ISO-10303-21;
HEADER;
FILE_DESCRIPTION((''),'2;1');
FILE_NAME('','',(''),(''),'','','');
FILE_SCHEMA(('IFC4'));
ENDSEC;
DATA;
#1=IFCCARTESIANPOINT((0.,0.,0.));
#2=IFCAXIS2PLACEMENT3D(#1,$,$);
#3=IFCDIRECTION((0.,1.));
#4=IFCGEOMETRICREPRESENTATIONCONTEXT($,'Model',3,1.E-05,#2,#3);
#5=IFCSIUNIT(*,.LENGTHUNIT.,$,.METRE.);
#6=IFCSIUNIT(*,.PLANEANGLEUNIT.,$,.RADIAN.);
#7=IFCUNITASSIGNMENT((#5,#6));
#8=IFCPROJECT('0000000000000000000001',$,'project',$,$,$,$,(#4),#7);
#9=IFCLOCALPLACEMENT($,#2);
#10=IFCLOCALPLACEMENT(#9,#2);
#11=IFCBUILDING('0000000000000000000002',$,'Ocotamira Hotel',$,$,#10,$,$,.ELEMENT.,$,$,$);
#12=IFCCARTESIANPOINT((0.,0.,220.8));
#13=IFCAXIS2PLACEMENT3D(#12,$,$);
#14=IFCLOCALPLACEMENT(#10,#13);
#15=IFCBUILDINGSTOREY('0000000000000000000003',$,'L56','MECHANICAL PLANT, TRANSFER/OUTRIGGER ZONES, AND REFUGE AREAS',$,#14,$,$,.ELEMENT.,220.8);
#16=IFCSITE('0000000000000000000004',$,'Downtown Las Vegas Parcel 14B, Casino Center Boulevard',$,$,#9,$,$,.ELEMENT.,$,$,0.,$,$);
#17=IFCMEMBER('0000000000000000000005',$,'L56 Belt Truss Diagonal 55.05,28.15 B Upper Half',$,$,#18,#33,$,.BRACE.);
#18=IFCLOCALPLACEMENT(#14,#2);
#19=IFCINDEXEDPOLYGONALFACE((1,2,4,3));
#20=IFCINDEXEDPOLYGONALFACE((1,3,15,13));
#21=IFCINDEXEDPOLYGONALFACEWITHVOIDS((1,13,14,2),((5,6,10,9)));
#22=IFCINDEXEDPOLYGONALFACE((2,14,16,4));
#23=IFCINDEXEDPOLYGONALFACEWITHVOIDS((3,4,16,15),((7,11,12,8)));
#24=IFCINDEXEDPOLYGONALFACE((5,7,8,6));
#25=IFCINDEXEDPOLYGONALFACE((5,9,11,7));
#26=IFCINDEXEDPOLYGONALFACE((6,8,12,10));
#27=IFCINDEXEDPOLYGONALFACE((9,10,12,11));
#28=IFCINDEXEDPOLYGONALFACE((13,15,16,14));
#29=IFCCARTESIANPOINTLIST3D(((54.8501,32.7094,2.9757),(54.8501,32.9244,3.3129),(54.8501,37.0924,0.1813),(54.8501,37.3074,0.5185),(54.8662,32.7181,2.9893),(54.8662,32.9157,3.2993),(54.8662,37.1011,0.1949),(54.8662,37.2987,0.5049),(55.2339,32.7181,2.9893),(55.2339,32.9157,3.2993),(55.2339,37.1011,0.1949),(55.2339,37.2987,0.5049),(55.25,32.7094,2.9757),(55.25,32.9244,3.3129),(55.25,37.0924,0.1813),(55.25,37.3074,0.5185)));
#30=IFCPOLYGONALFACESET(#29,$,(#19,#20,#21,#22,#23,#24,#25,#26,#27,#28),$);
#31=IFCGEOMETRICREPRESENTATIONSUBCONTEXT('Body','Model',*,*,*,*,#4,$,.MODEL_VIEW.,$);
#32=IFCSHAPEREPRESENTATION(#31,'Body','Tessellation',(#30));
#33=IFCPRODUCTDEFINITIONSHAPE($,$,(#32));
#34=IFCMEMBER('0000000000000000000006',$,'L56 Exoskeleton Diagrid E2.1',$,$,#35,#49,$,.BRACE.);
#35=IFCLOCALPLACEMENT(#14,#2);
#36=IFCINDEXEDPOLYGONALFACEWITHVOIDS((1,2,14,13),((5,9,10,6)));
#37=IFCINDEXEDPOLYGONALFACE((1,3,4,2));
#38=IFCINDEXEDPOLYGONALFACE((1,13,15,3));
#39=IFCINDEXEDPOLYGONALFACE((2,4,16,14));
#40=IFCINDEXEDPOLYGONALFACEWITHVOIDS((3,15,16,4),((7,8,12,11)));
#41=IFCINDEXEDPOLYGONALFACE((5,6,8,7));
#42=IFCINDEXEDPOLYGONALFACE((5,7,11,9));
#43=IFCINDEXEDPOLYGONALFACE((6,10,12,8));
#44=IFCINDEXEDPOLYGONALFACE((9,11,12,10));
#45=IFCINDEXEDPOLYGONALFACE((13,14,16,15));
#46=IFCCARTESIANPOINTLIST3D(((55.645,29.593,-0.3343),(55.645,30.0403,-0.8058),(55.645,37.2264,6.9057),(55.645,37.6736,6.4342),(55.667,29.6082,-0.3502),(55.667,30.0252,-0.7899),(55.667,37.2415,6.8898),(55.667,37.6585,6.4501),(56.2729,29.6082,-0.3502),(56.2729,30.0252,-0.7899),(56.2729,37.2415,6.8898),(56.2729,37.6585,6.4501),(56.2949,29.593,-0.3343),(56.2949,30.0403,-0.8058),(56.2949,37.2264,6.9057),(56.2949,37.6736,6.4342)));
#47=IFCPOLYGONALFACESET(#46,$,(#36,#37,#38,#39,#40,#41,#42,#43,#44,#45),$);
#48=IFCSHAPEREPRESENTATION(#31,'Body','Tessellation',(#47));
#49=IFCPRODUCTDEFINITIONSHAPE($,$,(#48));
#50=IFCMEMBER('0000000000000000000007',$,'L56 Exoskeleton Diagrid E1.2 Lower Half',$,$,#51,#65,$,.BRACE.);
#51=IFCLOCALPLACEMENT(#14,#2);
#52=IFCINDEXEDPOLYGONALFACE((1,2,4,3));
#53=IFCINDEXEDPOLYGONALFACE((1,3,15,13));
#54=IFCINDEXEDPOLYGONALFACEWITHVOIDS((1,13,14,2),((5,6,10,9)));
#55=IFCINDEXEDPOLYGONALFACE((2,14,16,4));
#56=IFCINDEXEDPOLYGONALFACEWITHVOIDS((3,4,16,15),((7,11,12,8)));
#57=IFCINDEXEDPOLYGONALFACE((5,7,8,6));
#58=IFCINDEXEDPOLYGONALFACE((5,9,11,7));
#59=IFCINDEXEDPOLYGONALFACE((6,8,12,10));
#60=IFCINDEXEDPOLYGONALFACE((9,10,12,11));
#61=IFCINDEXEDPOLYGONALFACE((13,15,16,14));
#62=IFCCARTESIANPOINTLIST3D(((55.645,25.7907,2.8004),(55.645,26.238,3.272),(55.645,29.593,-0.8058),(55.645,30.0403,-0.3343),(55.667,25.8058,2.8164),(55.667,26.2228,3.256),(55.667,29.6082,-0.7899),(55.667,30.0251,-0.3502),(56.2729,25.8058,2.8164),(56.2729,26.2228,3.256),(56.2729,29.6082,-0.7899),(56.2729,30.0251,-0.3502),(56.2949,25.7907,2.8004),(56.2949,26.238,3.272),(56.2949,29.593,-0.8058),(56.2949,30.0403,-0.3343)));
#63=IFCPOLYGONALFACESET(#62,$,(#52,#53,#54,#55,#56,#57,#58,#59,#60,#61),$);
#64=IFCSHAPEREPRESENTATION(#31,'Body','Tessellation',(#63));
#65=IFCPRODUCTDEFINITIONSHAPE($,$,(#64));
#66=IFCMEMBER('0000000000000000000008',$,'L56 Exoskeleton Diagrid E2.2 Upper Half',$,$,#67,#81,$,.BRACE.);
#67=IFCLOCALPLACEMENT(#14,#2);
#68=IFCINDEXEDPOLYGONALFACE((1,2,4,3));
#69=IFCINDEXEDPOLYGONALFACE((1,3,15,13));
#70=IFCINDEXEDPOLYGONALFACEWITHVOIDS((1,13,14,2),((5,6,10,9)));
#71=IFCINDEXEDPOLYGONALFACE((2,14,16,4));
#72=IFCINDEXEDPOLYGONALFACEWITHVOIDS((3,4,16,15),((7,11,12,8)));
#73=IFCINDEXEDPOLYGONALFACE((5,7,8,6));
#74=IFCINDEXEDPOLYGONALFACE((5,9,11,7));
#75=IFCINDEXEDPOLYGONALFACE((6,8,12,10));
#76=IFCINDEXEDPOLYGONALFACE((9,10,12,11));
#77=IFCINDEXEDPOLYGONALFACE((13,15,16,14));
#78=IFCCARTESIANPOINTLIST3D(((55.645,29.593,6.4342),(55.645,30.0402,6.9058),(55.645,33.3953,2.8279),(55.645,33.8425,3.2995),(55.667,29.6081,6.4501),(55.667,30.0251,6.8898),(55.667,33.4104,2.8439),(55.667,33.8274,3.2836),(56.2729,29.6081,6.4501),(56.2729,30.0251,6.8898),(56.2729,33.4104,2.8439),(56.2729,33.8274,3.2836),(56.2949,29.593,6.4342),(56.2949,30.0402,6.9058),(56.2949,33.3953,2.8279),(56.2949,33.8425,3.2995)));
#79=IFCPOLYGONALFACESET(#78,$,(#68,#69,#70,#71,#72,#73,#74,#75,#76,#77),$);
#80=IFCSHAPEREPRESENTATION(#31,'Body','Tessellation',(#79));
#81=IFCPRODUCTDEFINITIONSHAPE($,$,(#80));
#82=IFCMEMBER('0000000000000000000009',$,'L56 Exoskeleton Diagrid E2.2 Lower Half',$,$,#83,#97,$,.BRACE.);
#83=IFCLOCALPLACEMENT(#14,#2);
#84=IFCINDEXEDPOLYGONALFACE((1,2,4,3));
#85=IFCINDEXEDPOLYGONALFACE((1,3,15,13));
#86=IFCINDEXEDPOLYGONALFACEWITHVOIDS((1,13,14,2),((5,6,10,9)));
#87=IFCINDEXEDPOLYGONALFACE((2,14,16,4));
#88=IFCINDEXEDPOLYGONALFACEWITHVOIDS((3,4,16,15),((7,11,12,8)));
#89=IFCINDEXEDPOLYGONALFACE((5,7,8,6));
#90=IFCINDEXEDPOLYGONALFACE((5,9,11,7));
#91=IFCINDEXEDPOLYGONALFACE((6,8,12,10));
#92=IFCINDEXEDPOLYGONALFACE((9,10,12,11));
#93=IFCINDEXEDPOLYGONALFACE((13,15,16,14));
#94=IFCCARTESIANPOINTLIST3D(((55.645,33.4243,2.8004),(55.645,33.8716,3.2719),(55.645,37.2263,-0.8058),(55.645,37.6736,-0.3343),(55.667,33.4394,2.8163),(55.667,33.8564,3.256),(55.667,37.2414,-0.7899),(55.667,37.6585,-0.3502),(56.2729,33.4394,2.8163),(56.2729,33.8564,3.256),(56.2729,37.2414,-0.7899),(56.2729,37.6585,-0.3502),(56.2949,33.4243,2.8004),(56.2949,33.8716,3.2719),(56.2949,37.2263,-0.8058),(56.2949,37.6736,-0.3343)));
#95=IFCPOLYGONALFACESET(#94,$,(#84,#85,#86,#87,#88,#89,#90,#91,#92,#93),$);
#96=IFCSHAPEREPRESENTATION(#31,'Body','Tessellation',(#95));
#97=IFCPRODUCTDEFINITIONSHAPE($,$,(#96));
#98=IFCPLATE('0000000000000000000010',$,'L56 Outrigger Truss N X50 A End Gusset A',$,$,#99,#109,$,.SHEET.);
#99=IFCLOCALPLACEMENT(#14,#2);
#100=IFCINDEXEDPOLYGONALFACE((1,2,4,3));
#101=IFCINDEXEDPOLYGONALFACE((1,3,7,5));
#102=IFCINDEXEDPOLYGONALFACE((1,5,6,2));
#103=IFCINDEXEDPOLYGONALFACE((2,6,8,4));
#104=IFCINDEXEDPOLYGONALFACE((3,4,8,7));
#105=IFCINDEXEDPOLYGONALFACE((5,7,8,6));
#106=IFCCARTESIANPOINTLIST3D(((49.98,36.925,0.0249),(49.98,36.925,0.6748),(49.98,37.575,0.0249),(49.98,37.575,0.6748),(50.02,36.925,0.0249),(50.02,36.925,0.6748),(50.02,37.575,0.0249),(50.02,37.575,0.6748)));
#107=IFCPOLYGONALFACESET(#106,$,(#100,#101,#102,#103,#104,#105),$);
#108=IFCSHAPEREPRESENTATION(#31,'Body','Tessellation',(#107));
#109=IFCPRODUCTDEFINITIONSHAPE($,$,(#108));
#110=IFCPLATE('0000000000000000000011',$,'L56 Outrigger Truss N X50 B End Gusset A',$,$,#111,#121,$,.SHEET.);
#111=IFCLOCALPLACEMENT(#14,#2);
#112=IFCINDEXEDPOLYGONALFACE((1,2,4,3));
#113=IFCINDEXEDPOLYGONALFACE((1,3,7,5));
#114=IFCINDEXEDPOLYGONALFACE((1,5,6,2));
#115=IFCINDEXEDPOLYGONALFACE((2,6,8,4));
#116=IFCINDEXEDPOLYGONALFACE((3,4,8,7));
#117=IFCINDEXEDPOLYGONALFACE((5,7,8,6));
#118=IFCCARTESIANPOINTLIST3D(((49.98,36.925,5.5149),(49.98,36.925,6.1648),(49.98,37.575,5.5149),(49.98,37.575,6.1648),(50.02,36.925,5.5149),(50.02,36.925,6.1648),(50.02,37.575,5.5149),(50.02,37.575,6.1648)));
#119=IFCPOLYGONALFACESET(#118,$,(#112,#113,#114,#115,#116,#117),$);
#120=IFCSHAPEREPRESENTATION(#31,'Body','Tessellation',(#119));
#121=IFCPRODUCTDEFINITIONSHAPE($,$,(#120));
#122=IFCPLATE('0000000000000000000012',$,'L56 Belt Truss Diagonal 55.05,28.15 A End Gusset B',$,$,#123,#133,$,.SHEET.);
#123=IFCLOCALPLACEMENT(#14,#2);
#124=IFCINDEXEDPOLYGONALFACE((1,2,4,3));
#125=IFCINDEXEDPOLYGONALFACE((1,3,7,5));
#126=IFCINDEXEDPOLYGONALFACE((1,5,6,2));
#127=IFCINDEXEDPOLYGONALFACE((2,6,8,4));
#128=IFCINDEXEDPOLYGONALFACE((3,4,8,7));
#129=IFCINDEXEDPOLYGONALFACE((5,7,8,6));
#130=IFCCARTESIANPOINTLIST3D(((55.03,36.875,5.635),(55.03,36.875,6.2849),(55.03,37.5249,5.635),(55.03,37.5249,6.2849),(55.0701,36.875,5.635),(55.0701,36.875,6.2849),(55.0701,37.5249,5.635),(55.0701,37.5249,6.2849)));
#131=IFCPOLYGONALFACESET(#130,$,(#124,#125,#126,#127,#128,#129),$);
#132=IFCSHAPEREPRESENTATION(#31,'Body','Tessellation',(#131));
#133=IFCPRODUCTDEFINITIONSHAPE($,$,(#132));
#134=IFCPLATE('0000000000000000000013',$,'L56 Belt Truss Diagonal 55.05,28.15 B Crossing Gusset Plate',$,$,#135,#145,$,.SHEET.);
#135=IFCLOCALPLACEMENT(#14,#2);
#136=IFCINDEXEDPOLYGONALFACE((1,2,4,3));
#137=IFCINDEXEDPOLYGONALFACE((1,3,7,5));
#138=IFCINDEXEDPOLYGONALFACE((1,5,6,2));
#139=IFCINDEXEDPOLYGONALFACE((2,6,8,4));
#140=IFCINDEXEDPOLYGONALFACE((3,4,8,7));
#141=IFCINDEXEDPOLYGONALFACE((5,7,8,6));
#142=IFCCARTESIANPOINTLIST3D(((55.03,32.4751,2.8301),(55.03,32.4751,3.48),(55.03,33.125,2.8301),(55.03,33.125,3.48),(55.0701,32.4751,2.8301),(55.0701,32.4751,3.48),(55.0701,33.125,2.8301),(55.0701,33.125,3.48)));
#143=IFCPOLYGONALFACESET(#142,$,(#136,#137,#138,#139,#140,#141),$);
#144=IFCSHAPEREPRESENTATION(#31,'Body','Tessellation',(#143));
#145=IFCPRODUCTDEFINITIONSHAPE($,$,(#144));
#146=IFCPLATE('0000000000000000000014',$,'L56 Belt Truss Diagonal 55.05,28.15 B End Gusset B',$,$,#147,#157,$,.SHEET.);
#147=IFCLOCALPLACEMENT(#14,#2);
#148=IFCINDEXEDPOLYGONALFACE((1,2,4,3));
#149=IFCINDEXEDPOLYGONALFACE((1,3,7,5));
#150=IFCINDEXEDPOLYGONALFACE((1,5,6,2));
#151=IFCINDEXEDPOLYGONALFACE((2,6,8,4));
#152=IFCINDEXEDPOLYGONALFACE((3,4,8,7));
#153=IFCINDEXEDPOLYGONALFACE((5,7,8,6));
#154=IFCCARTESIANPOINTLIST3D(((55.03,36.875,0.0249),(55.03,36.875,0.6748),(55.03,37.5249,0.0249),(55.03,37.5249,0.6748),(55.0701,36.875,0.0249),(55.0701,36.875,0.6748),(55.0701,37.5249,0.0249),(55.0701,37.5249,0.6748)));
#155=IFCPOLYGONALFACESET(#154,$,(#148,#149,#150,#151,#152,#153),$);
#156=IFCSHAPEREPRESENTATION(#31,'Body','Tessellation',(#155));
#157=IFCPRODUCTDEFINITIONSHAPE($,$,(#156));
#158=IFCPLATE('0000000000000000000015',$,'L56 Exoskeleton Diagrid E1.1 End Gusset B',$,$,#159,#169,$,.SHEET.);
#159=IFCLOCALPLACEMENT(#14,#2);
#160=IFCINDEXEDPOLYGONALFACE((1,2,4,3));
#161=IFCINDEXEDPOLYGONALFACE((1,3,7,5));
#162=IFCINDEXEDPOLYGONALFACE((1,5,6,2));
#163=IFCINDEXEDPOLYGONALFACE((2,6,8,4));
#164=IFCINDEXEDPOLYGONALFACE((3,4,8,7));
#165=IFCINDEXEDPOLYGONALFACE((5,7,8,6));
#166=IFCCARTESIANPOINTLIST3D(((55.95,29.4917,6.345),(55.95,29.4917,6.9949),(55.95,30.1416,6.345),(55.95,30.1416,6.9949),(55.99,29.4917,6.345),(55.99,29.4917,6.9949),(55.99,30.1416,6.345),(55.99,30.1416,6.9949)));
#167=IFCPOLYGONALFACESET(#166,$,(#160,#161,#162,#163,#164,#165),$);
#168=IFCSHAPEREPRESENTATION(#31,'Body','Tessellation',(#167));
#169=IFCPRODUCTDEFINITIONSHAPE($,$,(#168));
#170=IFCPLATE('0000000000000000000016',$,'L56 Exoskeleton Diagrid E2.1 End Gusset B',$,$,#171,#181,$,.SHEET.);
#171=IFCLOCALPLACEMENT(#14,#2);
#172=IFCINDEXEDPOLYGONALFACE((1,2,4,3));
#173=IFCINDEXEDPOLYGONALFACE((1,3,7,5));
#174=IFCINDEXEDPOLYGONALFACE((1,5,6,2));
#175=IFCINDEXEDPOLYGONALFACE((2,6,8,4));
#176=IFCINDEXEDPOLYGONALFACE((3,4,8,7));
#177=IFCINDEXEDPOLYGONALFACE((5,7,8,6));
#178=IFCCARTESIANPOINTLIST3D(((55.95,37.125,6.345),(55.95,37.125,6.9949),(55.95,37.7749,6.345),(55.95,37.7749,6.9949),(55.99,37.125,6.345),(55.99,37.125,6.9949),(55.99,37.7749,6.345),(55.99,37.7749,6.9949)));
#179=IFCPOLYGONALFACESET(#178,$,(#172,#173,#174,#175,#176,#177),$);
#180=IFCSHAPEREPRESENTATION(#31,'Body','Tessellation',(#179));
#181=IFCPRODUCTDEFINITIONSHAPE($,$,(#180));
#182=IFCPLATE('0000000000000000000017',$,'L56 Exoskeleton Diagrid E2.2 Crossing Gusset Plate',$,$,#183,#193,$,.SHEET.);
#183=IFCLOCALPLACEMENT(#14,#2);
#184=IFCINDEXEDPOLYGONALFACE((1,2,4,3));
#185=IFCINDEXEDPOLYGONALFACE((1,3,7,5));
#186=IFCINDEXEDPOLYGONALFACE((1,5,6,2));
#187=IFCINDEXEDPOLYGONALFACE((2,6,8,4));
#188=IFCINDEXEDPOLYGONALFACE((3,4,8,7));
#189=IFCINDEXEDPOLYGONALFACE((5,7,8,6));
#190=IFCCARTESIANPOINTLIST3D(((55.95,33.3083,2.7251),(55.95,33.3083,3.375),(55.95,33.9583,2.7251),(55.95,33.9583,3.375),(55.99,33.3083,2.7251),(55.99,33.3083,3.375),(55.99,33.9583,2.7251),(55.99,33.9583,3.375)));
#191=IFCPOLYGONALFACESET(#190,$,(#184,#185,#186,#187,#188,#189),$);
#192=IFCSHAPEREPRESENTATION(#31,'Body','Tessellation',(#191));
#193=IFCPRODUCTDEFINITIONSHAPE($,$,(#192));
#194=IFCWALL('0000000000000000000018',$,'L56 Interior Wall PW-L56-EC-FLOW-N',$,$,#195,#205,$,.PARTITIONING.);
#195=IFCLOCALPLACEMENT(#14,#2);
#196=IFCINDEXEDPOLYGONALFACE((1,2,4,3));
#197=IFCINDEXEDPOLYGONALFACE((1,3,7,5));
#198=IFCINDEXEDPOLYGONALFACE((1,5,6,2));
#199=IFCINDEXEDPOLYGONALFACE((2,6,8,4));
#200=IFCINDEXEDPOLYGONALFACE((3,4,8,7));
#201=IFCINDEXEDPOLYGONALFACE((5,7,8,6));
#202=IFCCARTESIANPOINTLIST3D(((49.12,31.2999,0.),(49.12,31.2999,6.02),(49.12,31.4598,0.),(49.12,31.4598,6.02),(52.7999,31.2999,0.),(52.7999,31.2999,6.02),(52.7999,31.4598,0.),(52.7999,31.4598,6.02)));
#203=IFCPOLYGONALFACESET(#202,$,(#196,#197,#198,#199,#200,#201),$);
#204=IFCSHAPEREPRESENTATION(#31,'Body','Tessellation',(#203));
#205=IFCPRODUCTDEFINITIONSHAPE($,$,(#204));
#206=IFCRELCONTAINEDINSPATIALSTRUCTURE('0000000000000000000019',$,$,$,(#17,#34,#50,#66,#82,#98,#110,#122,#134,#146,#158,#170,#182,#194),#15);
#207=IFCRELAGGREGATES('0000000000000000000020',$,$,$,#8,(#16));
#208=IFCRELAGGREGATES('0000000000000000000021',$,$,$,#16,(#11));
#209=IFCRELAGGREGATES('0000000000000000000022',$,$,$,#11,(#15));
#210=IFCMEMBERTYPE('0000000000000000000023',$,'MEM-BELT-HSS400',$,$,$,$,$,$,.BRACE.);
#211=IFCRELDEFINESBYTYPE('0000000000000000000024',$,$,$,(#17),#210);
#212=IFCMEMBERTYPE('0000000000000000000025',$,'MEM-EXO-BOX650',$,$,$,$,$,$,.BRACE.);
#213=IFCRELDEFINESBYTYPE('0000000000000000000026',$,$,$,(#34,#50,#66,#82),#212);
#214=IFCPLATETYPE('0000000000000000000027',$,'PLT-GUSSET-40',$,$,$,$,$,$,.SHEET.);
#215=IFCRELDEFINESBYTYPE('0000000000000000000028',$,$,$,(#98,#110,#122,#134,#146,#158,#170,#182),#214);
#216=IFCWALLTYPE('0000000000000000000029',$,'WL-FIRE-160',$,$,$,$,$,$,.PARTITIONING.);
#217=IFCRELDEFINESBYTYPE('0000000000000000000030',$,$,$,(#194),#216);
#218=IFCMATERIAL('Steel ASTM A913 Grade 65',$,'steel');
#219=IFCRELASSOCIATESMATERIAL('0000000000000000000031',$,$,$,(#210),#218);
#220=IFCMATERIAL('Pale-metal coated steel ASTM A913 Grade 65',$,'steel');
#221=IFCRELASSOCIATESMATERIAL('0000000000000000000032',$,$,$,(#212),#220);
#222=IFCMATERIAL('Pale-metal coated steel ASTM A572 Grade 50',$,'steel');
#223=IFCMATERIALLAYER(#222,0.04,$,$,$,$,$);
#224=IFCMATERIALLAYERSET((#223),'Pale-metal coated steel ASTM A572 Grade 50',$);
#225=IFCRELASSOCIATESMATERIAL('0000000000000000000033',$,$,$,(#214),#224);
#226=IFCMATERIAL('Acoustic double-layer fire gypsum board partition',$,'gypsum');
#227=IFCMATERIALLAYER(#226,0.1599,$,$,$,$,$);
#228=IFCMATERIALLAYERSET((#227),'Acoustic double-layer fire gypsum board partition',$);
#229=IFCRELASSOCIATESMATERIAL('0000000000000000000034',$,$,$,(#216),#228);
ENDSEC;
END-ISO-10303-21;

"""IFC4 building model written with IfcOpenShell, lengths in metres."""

from ifc_helpers import new_model, si_unit, direction, frame, frame_2d, origin, origin_2d, place, context, subcontext, project, spatial, rectangle, hollow_rectangle, extrude, source, transform, mapped, material, layer, layer_set, material_profile, profile_set, type_object, element, save


model = new_model("IFC4")

# Units and contexts
model_context = context("Model", 3, precision=1e-05, world=origin(), true_north=direction((0.0, 1.0)))
body_context = subcontext(model_context, "Body", "Model", "MODEL_VIEW")
ifc_project = project(units=[si_unit("LENGTHUNIT", "METRE"), si_unit("PLANEANGLEUNIT", "RADIAN")], contexts=[model_context])

# Site, building, storey
site_placement = place(None, origin())
site = spatial("IfcSite", under=ifc_project, at=site_placement, Name="Downtown Las Vegas Parcel 14B, Casino Center Boulevard", CompositionType="ELEMENT", RefElevation=0.0)
building_placement = place(site_placement, origin())
building = spatial("IfcBuilding", under=site, at=building_placement, Name="Ocotamira Hotel", CompositionType="ELEMENT")
storey_placement = place(building_placement, frame((0.0, 0.0, 220.8)))
storey = spatial("IfcBuildingStorey", under=building, at=storey_placement, Name="L56", Description="MECHANICAL PLANT, TRANSFER/OUTRIGGER ZONES, AND REFUGE AREAS", CompositionType="ELEMENT", Elevation=220.8)

# Shared definitions
ifc_material_1 = material(Name="Steel ASTM A913 Grade 65", Category="steel")

# Members
ifc_material_profile_1 = material_profile(ifc_material_1, hollow_rectangle(XDim=0.3999, YDim=0.3999, WallThickness=0.0161, at=origin_2d()), Name="HSS400X400X16")
ifc_profile_set_1 = profile_set([ifc_material_profile_1], Name="Steel ASTM A913 Grade 65")
member_type_1 = type_object("IfcMemberType", Name="MEM-BELT-HSS400", PredefinedType="BRACE", material=ifc_profile_set_1)
shared_shape_1 = source(origin(), body_context, "Body", "SweptSolid", [
    extrude(hollow_rectangle(XDim=0.3999, YDim=0.3999, WallThickness=0.0161, at=origin_2d()), origin(), (0.0, 0.0, 1.0), 5.198),
])
member_1_placement = place(storey_placement, frame((55.05, 32.8169, 3.1443), z_axis=(0.0, 0.843207, -0.537589), x_axis=(-1.0, 0.0, 0.0)))
element("IfcMember", 1, at=member_1_placement, inside=storey, type_object=member_type_1, Name="L56 Belt Truss Diagonal 55.05,28.15 B Upper Half", PredefinedType="BRACE", context=body_context, shape_type="MappedRepresentation", body=[
    mapped(shared_shape_1, transform((0.0, 0.0, 0.0), scale=1.0)),
])
ifc_material_2 = material(Name="Pale-metal coated steel ASTM A913 Grade 65", Category="steel")
ifc_material_profile_2 = material_profile(ifc_material_2, hollow_rectangle(XDim=0.6499, YDim=0.6499, WallThickness=0.022, at=origin_2d()), Name="BOX650X650X22")
ifc_profile_set_2 = profile_set([ifc_material_profile_2], Name="Pale-metal coated steel ASTM A913 Grade 65")
member_type_2 = type_object("IfcMemberType", Name="MEM-EXO-BOX650", PredefinedType="BRACE", material=ifc_profile_set_2)
shared_shape_2 = source(origin(), body_context, "Body", "SweptSolid", [
    extrude(hollow_rectangle(XDim=0.6499, YDim=0.6499, WallThickness=0.022, at=origin_2d()), origin(), (0.0, 0.0, 1.0), 10.5208),
])
member_2_placement = place(storey_placement, frame((55.97, 29.8167, -0.5701), z_axis=(0.0, 0.725552, 0.688167), x_axis=(-1.0, 0.0, 0.0)))
element("IfcMember", 2, at=member_2_placement, inside=storey, type_object=member_type_2, Name="L56 Exoskeleton Diagrid E2.1", PredefinedType="BRACE", context=body_context, shape_type="MappedRepresentation", body=[
    mapped(shared_shape_2, transform((0.0, 0.0, 0.0), scale=1.0)),
])
shared_shape_3 = source(origin(), body_context, "Body", "SweptSolid", [
    extrude(hollow_rectangle(XDim=0.6499, YDim=0.6499, WallThickness=0.022, at=origin_2d()), origin(), (0.0, 0.0, 1.0), 5.2405),
])
for number, where, z_axis, x_axis, name in (
    (3, (55.97, 29.8167, -0.5701), (0.0, -0.725564, 0.688154), (1.0, 0.0, 0.0), "L56 Exoskeleton Diagrid E1.2 Lower Half"),
    (4, (55.97, 33.6189, 3.0637), (0.0, -0.725564, 0.688154), (1.0, 0.0, 0.0), "L56 Exoskeleton Diagrid E2.2 Upper Half"),
):
    element("IfcMember", number, at=place(storey_placement, frame(where, z_axis=z_axis, x_axis=x_axis)), inside=storey, type_object=member_type_2, Name=name, PredefinedType="BRACE", context=body_context, shape_type="MappedRepresentation", body=[
        mapped(shared_shape_3, transform((0.0, 0.0, 0.0), scale=1.0)),
    ])
shared_shape_4 = source(origin(), body_context, "Body", "SweptSolid", [
    extrude(hollow_rectangle(XDim=0.6499, YDim=0.6499, WallThickness=0.022, at=origin_2d()), origin(), (0.0, 0.0, 1.0), 5.2402),
])
member_3_placement = place(storey_placement, frame((55.97, 37.45, -0.5701), z_axis=(0.0, -0.725542, 0.688177), x_axis=(1.0, 0.0, 0.0)))
element("IfcMember", 5, at=member_3_placement, inside=storey, type_object=member_type_2, Name="L56 Exoskeleton Diagrid E2.2 Lower Half", PredefinedType="BRACE", context=body_context, shape_type="MappedRepresentation", body=[
    mapped(shared_shape_4, transform((0.0, 0.0, 0.0), scale=1.0)),
])

# Plates
ifc_material_3 = material(Name="Pale-metal coated steel ASTM A572 Grade 50", Category="steel")
ifc_layer_1 = layer(ifc_material_3, 0.04)
ifc_layer_set_1 = layer_set([ifc_layer_1], Name="Pale-metal coated steel ASTM A572 Grade 50")
plate_type = type_object("IfcPlateType", Name="PLT-GUSSET-40", PredefinedType="SHEET", material=ifc_layer_set_1)
shared_shape_5 = source(origin(), body_context, "Body", "SweptSolid", [
    extrude(rectangle(XDim=0.04, YDim=0.6499, at=origin_2d()), origin(), (0.0, 0.0, 1.0), 0.6499),
])
for number, where, z_axis, x_axis, name in (
    (6, (50.0, 37.25, 0.0249), (0.0, 0.0, 1.0), (1.0, 0.0, 0.0), "L56 Outrigger Truss N X50 A End Gusset A"),
    (7, (50.0, 37.25, 5.5149), (0.0, 0.0, 1.0), (1.0, 0.0, 0.0), "L56 Outrigger Truss N X50 B End Gusset A"),
    (8, (55.05, 37.2, 5.635), (0.0, 0.0, 1.0), (1.0, 0.0, 0.0), "L56 Belt Truss Diagonal 55.05,28.15 A End Gusset B"),
    (9, (55.05, 32.8, 2.8301), (0.0, 0.0, 1.0), (1.0, 0.0, 0.0), "L56 Belt Truss Diagonal 55.05,28.15 B Crossing Gusset Plate"),
    (10, (55.05, 37.2, 0.0249), (0.0, 0.0, 1.0), (1.0, 0.0, 0.0), "L56 Belt Truss Diagonal 55.05,28.15 B End Gusset B"),
    (11, (55.97, 29.8167, 6.345), (0.0, 0.0, 1.0), (1.0, 0.0, 0.0), "L56 Exoskeleton Diagrid E1.1 End Gusset B"),
    (12, (55.97, 37.45, 6.345), (0.0, 0.0, 1.0), (1.0, 0.0, 0.0), "L56 Exoskeleton Diagrid E2.1 End Gusset B"),
    (13, (55.97, 33.6333, 2.7251), (0.0, 0.0, 1.0), (1.0, 0.0, 0.0), "L56 Exoskeleton Diagrid E2.2 Crossing Gusset Plate"),
):
    element("IfcPlate", number, at=place(storey_placement, frame(where, z_axis=z_axis, x_axis=x_axis)), inside=storey, type_object=plate_type, Name=name, PredefinedType="SHEET", context=body_context, shape_type="MappedRepresentation", body=[
        mapped(shared_shape_5, transform((0.0, 0.0, 0.0), scale=1.0)),
    ])

# Wall
ifc_material_4 = material(Name="Acoustic double-layer fire gypsum board partition", Category="gypsum")
ifc_layer_2 = layer(ifc_material_4, 0.1599)
ifc_layer_set_2 = layer_set([ifc_layer_2], Name="Acoustic double-layer fire gypsum board partition")
wall_type_1 = type_object("IfcWallType", Name="WL-FIRE-160", PredefinedType="PARTITIONING", material=ifc_layer_set_2)
wall_1_placement = place(storey_placement, frame((49.1201, 31.3799, 0.0), z_axis=(0.0, 0.0, 1.0), x_axis=(1.0, 0.0, 0.0)))
element("IfcWall", 14, at=wall_1_placement, inside=storey, type_object=wall_type_1, Name="L56 Interior Wall PW-L56-EC-FLOW-N", PredefinedType="PARTITIONING", context=body_context, shape_type="SweptSolid", body=[
    extrude(rectangle(XDim=3.6799, YDim=0.1599, at=frame_2d((1.8398, 0.0))), origin(), (0.0, 0.0, 1.0), 6.02),
])

save(model, "model.ifc")
